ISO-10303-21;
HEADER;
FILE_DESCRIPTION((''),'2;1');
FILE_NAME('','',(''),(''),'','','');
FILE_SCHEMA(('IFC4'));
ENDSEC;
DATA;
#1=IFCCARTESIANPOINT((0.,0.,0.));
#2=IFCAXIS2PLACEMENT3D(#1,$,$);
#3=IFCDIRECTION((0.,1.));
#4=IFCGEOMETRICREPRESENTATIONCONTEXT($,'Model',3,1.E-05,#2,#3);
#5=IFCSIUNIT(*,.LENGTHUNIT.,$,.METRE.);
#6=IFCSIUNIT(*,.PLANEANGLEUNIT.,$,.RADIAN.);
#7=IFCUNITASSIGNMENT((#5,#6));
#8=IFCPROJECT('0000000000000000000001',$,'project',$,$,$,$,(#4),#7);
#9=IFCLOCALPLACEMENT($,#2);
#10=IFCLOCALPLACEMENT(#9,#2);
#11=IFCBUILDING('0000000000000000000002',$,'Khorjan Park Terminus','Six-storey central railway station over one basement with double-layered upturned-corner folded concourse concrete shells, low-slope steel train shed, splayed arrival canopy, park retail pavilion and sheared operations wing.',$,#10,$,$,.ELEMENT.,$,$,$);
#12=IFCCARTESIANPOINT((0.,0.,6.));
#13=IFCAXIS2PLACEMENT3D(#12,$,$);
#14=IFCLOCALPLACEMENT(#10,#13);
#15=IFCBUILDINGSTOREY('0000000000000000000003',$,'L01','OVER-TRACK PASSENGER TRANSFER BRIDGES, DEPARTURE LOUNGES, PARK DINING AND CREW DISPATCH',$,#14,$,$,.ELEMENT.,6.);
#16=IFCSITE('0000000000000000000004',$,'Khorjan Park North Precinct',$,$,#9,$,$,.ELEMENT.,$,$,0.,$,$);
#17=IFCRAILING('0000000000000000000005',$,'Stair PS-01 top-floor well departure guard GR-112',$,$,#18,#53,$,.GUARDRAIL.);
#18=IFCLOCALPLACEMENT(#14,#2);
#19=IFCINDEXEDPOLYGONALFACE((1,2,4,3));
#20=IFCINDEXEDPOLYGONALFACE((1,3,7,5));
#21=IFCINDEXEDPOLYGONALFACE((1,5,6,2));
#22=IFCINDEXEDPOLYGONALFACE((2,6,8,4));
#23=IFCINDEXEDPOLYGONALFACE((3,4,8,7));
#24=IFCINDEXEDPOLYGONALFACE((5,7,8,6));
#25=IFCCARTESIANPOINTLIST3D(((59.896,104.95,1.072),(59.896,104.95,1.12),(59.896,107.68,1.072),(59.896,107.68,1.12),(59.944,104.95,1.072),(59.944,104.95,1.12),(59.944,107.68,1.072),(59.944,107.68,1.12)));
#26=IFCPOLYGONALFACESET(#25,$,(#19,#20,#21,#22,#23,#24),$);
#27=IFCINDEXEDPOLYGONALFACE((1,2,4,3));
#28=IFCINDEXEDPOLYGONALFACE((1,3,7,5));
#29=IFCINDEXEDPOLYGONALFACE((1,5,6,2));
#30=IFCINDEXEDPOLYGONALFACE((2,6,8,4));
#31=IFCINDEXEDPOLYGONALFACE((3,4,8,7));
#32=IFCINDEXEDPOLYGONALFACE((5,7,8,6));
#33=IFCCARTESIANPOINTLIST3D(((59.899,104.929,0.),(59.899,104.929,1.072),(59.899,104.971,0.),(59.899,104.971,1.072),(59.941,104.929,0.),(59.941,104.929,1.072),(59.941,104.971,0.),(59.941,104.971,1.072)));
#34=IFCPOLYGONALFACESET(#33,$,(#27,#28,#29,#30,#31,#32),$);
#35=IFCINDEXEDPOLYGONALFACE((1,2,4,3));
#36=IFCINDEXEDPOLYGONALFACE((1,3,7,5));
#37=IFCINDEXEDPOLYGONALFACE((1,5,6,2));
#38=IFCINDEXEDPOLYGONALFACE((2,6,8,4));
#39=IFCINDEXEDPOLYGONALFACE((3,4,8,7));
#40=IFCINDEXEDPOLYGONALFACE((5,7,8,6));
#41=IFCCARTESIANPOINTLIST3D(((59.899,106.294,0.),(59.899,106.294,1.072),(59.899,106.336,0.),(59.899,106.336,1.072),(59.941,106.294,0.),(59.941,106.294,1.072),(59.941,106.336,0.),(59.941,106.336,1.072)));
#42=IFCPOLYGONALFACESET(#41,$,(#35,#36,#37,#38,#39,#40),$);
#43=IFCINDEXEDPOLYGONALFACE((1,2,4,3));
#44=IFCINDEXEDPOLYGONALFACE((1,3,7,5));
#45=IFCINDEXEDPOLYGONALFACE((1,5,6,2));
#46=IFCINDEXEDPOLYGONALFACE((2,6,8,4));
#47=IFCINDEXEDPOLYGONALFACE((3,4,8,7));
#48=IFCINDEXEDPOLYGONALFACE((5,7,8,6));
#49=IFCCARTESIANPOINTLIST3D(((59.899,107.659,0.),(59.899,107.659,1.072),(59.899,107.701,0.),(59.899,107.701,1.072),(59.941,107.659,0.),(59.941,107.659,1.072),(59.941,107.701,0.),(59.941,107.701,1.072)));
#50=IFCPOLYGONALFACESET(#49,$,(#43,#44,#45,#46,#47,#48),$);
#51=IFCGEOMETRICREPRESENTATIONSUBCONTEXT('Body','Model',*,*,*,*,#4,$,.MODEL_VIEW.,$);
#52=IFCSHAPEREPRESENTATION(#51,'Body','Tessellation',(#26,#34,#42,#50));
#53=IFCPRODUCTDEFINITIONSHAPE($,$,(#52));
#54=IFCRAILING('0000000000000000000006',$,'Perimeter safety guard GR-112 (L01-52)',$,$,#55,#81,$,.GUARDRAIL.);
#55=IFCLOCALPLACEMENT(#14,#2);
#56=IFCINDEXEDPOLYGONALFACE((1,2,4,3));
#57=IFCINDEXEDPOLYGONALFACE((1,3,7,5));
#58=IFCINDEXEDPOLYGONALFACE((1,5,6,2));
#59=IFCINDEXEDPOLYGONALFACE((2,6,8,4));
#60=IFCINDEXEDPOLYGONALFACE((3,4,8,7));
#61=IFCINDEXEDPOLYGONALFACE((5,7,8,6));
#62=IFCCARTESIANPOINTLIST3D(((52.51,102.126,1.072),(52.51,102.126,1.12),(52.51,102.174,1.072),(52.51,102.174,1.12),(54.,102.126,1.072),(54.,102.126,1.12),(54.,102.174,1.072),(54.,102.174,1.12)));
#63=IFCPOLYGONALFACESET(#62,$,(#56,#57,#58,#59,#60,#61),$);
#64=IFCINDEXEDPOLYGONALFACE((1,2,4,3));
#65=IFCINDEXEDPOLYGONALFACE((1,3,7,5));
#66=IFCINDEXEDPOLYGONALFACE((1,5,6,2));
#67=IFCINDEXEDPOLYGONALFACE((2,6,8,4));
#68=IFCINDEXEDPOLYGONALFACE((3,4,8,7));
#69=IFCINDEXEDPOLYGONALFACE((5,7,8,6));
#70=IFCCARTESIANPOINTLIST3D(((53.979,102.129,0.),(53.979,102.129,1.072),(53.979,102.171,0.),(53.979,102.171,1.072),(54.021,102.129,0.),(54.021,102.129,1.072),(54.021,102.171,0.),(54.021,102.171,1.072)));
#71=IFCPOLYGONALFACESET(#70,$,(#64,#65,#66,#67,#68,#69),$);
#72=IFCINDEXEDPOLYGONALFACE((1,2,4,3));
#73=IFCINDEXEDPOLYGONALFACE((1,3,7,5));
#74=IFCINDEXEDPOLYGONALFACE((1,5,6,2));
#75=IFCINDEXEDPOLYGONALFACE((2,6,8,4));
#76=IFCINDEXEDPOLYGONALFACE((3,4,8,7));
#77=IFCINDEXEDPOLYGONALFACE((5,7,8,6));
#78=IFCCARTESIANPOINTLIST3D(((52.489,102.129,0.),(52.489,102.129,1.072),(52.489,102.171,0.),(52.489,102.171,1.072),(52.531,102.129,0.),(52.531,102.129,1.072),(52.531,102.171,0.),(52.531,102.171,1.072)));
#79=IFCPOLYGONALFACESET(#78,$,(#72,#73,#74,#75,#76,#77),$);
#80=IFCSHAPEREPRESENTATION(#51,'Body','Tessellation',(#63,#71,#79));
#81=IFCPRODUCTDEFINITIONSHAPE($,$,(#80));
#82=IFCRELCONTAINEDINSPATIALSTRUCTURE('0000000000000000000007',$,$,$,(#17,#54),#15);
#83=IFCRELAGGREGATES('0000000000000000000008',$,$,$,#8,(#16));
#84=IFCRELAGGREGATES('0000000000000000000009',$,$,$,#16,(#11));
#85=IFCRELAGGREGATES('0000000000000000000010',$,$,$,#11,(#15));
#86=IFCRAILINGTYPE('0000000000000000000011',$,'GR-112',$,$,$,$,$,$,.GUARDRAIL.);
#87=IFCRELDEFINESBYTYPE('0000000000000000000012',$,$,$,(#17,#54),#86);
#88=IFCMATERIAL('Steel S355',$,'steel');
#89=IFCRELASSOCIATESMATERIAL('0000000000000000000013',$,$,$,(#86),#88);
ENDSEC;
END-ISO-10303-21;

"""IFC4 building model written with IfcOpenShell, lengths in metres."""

from ifc_helpers import new_model, si_unit, direction, frame, origin, origin_2d, place, context, subcontext, project, spatial, rectangle, extrude, material, type_object, element, save


model = new_model("IFC4")

# Units and contexts
model_context = context("Model", 3, precision=1e-05, world=origin(), true_north=direction((0.0, 1.0)))
body_context = subcontext(model_context, "Body", "Model", "MODEL_VIEW")
ifc_project = project(units=[si_unit("LENGTHUNIT", "METRE"), si_unit("PLANEANGLEUNIT", "RADIAN")], contexts=[model_context])

# Site, building, storey
site_placement = place(None, origin())
site = spatial("IfcSite", under=ifc_project, at=site_placement, Name="Khorjan Park North Precinct", CompositionType="ELEMENT", RefElevation=0.0)
building_placement = place(site_placement, origin())
building = spatial("IfcBuilding", under=site, at=building_placement, Name="Khorjan Park Terminus", Description="Six-storey central railway station over one basement with double-layered upturned-corner folded concourse concrete shells, low-slope steel train shed, splayed arrival canopy, park retail pavilion and sheared operations wing.", CompositionType="ELEMENT")
storey_placement = place(building_placement, frame((0.0, 0.0, 6.0)))
storey = spatial("IfcBuildingStorey", under=building, at=storey_placement, Name="L01", Description="OVER-TRACK PASSENGER TRANSFER BRIDGES, DEPARTURE LOUNGES, PARK DINING AND CREW DISPATCH", CompositionType="ELEMENT", Elevation=6.0)

# Shared definitions
ifc_material_1 = material(Name="Steel S355", Category="steel")

# Railings
railing_type_1 = type_object("IfcRailingType", Name="GR-112", PredefinedType="GUARDRAIL", material=ifc_material_1)
railing_1_placement = place(storey_placement, frame((59.92, 104.95, 0.0)))
element("IfcRailing", 1, at=railing_1_placement, inside=storey, type_object=railing_type_1, Name="Stair PS-01 top-floor well departure guard GR-112", PredefinedType="GUARDRAIL", context=body_context, shape_type="SweptSolid", body=[
    extrude(rectangle(XDim=0.048, YDim=0.048, at=origin_2d()), frame((0.0, 0.0, 1.096), z_axis=(0.0, 1.0, 0.0), x_axis=(-1.0, 0.0, 0.0)), (0.0, 0.0, 1.0), 2.73),
    extrude(rectangle(XDim=0.042, YDim=0.042, at=origin_2d()), origin(), (0.0, 0.0, 1.0), 1.072),
    extrude(rectangle(XDim=0.042, YDim=0.042, at=origin_2d()), frame((0.0, 1.365, 0.0)), (0.0, 0.0, 1.0), 1.072),
    extrude(rectangle(XDim=0.042, YDim=0.042, at=origin_2d()), frame((0.0, 2.73, 0.0)), (0.0, 0.0, 1.0), 1.072),
])
railing_2_placement = place(storey_placement, frame((54.0, 102.15, 0.0)))
element("IfcRailing", 2, at=railing_2_placement, inside=storey, type_object=railing_type_1, Name="Perimeter safety guard GR-112 (L01-52)", PredefinedType="GUARDRAIL", context=body_context, shape_type="SweptSolid", body=[
    extrude(rectangle(XDim=0.048, YDim=0.048, at=origin_2d()), frame((0.0, 0.0, 1.096), z_axis=(-1.0, 0.0, 0.0), x_axis=(0.0, -1.0, 0.0)), (0.0, 0.0, 1.0), 1.49),
    extrude(rectangle(XDim=0.042, YDim=0.042, at=origin_2d()), origin(), (0.0, 0.0, 1.0), 1.072),
    extrude(rectangle(XDim=0.042, YDim=0.042, at=origin_2d()), frame((-1.49, 0.0, 0.0)), (0.0, 0.0, 1.0), 1.072),
])

save(model, "model.ifc")
